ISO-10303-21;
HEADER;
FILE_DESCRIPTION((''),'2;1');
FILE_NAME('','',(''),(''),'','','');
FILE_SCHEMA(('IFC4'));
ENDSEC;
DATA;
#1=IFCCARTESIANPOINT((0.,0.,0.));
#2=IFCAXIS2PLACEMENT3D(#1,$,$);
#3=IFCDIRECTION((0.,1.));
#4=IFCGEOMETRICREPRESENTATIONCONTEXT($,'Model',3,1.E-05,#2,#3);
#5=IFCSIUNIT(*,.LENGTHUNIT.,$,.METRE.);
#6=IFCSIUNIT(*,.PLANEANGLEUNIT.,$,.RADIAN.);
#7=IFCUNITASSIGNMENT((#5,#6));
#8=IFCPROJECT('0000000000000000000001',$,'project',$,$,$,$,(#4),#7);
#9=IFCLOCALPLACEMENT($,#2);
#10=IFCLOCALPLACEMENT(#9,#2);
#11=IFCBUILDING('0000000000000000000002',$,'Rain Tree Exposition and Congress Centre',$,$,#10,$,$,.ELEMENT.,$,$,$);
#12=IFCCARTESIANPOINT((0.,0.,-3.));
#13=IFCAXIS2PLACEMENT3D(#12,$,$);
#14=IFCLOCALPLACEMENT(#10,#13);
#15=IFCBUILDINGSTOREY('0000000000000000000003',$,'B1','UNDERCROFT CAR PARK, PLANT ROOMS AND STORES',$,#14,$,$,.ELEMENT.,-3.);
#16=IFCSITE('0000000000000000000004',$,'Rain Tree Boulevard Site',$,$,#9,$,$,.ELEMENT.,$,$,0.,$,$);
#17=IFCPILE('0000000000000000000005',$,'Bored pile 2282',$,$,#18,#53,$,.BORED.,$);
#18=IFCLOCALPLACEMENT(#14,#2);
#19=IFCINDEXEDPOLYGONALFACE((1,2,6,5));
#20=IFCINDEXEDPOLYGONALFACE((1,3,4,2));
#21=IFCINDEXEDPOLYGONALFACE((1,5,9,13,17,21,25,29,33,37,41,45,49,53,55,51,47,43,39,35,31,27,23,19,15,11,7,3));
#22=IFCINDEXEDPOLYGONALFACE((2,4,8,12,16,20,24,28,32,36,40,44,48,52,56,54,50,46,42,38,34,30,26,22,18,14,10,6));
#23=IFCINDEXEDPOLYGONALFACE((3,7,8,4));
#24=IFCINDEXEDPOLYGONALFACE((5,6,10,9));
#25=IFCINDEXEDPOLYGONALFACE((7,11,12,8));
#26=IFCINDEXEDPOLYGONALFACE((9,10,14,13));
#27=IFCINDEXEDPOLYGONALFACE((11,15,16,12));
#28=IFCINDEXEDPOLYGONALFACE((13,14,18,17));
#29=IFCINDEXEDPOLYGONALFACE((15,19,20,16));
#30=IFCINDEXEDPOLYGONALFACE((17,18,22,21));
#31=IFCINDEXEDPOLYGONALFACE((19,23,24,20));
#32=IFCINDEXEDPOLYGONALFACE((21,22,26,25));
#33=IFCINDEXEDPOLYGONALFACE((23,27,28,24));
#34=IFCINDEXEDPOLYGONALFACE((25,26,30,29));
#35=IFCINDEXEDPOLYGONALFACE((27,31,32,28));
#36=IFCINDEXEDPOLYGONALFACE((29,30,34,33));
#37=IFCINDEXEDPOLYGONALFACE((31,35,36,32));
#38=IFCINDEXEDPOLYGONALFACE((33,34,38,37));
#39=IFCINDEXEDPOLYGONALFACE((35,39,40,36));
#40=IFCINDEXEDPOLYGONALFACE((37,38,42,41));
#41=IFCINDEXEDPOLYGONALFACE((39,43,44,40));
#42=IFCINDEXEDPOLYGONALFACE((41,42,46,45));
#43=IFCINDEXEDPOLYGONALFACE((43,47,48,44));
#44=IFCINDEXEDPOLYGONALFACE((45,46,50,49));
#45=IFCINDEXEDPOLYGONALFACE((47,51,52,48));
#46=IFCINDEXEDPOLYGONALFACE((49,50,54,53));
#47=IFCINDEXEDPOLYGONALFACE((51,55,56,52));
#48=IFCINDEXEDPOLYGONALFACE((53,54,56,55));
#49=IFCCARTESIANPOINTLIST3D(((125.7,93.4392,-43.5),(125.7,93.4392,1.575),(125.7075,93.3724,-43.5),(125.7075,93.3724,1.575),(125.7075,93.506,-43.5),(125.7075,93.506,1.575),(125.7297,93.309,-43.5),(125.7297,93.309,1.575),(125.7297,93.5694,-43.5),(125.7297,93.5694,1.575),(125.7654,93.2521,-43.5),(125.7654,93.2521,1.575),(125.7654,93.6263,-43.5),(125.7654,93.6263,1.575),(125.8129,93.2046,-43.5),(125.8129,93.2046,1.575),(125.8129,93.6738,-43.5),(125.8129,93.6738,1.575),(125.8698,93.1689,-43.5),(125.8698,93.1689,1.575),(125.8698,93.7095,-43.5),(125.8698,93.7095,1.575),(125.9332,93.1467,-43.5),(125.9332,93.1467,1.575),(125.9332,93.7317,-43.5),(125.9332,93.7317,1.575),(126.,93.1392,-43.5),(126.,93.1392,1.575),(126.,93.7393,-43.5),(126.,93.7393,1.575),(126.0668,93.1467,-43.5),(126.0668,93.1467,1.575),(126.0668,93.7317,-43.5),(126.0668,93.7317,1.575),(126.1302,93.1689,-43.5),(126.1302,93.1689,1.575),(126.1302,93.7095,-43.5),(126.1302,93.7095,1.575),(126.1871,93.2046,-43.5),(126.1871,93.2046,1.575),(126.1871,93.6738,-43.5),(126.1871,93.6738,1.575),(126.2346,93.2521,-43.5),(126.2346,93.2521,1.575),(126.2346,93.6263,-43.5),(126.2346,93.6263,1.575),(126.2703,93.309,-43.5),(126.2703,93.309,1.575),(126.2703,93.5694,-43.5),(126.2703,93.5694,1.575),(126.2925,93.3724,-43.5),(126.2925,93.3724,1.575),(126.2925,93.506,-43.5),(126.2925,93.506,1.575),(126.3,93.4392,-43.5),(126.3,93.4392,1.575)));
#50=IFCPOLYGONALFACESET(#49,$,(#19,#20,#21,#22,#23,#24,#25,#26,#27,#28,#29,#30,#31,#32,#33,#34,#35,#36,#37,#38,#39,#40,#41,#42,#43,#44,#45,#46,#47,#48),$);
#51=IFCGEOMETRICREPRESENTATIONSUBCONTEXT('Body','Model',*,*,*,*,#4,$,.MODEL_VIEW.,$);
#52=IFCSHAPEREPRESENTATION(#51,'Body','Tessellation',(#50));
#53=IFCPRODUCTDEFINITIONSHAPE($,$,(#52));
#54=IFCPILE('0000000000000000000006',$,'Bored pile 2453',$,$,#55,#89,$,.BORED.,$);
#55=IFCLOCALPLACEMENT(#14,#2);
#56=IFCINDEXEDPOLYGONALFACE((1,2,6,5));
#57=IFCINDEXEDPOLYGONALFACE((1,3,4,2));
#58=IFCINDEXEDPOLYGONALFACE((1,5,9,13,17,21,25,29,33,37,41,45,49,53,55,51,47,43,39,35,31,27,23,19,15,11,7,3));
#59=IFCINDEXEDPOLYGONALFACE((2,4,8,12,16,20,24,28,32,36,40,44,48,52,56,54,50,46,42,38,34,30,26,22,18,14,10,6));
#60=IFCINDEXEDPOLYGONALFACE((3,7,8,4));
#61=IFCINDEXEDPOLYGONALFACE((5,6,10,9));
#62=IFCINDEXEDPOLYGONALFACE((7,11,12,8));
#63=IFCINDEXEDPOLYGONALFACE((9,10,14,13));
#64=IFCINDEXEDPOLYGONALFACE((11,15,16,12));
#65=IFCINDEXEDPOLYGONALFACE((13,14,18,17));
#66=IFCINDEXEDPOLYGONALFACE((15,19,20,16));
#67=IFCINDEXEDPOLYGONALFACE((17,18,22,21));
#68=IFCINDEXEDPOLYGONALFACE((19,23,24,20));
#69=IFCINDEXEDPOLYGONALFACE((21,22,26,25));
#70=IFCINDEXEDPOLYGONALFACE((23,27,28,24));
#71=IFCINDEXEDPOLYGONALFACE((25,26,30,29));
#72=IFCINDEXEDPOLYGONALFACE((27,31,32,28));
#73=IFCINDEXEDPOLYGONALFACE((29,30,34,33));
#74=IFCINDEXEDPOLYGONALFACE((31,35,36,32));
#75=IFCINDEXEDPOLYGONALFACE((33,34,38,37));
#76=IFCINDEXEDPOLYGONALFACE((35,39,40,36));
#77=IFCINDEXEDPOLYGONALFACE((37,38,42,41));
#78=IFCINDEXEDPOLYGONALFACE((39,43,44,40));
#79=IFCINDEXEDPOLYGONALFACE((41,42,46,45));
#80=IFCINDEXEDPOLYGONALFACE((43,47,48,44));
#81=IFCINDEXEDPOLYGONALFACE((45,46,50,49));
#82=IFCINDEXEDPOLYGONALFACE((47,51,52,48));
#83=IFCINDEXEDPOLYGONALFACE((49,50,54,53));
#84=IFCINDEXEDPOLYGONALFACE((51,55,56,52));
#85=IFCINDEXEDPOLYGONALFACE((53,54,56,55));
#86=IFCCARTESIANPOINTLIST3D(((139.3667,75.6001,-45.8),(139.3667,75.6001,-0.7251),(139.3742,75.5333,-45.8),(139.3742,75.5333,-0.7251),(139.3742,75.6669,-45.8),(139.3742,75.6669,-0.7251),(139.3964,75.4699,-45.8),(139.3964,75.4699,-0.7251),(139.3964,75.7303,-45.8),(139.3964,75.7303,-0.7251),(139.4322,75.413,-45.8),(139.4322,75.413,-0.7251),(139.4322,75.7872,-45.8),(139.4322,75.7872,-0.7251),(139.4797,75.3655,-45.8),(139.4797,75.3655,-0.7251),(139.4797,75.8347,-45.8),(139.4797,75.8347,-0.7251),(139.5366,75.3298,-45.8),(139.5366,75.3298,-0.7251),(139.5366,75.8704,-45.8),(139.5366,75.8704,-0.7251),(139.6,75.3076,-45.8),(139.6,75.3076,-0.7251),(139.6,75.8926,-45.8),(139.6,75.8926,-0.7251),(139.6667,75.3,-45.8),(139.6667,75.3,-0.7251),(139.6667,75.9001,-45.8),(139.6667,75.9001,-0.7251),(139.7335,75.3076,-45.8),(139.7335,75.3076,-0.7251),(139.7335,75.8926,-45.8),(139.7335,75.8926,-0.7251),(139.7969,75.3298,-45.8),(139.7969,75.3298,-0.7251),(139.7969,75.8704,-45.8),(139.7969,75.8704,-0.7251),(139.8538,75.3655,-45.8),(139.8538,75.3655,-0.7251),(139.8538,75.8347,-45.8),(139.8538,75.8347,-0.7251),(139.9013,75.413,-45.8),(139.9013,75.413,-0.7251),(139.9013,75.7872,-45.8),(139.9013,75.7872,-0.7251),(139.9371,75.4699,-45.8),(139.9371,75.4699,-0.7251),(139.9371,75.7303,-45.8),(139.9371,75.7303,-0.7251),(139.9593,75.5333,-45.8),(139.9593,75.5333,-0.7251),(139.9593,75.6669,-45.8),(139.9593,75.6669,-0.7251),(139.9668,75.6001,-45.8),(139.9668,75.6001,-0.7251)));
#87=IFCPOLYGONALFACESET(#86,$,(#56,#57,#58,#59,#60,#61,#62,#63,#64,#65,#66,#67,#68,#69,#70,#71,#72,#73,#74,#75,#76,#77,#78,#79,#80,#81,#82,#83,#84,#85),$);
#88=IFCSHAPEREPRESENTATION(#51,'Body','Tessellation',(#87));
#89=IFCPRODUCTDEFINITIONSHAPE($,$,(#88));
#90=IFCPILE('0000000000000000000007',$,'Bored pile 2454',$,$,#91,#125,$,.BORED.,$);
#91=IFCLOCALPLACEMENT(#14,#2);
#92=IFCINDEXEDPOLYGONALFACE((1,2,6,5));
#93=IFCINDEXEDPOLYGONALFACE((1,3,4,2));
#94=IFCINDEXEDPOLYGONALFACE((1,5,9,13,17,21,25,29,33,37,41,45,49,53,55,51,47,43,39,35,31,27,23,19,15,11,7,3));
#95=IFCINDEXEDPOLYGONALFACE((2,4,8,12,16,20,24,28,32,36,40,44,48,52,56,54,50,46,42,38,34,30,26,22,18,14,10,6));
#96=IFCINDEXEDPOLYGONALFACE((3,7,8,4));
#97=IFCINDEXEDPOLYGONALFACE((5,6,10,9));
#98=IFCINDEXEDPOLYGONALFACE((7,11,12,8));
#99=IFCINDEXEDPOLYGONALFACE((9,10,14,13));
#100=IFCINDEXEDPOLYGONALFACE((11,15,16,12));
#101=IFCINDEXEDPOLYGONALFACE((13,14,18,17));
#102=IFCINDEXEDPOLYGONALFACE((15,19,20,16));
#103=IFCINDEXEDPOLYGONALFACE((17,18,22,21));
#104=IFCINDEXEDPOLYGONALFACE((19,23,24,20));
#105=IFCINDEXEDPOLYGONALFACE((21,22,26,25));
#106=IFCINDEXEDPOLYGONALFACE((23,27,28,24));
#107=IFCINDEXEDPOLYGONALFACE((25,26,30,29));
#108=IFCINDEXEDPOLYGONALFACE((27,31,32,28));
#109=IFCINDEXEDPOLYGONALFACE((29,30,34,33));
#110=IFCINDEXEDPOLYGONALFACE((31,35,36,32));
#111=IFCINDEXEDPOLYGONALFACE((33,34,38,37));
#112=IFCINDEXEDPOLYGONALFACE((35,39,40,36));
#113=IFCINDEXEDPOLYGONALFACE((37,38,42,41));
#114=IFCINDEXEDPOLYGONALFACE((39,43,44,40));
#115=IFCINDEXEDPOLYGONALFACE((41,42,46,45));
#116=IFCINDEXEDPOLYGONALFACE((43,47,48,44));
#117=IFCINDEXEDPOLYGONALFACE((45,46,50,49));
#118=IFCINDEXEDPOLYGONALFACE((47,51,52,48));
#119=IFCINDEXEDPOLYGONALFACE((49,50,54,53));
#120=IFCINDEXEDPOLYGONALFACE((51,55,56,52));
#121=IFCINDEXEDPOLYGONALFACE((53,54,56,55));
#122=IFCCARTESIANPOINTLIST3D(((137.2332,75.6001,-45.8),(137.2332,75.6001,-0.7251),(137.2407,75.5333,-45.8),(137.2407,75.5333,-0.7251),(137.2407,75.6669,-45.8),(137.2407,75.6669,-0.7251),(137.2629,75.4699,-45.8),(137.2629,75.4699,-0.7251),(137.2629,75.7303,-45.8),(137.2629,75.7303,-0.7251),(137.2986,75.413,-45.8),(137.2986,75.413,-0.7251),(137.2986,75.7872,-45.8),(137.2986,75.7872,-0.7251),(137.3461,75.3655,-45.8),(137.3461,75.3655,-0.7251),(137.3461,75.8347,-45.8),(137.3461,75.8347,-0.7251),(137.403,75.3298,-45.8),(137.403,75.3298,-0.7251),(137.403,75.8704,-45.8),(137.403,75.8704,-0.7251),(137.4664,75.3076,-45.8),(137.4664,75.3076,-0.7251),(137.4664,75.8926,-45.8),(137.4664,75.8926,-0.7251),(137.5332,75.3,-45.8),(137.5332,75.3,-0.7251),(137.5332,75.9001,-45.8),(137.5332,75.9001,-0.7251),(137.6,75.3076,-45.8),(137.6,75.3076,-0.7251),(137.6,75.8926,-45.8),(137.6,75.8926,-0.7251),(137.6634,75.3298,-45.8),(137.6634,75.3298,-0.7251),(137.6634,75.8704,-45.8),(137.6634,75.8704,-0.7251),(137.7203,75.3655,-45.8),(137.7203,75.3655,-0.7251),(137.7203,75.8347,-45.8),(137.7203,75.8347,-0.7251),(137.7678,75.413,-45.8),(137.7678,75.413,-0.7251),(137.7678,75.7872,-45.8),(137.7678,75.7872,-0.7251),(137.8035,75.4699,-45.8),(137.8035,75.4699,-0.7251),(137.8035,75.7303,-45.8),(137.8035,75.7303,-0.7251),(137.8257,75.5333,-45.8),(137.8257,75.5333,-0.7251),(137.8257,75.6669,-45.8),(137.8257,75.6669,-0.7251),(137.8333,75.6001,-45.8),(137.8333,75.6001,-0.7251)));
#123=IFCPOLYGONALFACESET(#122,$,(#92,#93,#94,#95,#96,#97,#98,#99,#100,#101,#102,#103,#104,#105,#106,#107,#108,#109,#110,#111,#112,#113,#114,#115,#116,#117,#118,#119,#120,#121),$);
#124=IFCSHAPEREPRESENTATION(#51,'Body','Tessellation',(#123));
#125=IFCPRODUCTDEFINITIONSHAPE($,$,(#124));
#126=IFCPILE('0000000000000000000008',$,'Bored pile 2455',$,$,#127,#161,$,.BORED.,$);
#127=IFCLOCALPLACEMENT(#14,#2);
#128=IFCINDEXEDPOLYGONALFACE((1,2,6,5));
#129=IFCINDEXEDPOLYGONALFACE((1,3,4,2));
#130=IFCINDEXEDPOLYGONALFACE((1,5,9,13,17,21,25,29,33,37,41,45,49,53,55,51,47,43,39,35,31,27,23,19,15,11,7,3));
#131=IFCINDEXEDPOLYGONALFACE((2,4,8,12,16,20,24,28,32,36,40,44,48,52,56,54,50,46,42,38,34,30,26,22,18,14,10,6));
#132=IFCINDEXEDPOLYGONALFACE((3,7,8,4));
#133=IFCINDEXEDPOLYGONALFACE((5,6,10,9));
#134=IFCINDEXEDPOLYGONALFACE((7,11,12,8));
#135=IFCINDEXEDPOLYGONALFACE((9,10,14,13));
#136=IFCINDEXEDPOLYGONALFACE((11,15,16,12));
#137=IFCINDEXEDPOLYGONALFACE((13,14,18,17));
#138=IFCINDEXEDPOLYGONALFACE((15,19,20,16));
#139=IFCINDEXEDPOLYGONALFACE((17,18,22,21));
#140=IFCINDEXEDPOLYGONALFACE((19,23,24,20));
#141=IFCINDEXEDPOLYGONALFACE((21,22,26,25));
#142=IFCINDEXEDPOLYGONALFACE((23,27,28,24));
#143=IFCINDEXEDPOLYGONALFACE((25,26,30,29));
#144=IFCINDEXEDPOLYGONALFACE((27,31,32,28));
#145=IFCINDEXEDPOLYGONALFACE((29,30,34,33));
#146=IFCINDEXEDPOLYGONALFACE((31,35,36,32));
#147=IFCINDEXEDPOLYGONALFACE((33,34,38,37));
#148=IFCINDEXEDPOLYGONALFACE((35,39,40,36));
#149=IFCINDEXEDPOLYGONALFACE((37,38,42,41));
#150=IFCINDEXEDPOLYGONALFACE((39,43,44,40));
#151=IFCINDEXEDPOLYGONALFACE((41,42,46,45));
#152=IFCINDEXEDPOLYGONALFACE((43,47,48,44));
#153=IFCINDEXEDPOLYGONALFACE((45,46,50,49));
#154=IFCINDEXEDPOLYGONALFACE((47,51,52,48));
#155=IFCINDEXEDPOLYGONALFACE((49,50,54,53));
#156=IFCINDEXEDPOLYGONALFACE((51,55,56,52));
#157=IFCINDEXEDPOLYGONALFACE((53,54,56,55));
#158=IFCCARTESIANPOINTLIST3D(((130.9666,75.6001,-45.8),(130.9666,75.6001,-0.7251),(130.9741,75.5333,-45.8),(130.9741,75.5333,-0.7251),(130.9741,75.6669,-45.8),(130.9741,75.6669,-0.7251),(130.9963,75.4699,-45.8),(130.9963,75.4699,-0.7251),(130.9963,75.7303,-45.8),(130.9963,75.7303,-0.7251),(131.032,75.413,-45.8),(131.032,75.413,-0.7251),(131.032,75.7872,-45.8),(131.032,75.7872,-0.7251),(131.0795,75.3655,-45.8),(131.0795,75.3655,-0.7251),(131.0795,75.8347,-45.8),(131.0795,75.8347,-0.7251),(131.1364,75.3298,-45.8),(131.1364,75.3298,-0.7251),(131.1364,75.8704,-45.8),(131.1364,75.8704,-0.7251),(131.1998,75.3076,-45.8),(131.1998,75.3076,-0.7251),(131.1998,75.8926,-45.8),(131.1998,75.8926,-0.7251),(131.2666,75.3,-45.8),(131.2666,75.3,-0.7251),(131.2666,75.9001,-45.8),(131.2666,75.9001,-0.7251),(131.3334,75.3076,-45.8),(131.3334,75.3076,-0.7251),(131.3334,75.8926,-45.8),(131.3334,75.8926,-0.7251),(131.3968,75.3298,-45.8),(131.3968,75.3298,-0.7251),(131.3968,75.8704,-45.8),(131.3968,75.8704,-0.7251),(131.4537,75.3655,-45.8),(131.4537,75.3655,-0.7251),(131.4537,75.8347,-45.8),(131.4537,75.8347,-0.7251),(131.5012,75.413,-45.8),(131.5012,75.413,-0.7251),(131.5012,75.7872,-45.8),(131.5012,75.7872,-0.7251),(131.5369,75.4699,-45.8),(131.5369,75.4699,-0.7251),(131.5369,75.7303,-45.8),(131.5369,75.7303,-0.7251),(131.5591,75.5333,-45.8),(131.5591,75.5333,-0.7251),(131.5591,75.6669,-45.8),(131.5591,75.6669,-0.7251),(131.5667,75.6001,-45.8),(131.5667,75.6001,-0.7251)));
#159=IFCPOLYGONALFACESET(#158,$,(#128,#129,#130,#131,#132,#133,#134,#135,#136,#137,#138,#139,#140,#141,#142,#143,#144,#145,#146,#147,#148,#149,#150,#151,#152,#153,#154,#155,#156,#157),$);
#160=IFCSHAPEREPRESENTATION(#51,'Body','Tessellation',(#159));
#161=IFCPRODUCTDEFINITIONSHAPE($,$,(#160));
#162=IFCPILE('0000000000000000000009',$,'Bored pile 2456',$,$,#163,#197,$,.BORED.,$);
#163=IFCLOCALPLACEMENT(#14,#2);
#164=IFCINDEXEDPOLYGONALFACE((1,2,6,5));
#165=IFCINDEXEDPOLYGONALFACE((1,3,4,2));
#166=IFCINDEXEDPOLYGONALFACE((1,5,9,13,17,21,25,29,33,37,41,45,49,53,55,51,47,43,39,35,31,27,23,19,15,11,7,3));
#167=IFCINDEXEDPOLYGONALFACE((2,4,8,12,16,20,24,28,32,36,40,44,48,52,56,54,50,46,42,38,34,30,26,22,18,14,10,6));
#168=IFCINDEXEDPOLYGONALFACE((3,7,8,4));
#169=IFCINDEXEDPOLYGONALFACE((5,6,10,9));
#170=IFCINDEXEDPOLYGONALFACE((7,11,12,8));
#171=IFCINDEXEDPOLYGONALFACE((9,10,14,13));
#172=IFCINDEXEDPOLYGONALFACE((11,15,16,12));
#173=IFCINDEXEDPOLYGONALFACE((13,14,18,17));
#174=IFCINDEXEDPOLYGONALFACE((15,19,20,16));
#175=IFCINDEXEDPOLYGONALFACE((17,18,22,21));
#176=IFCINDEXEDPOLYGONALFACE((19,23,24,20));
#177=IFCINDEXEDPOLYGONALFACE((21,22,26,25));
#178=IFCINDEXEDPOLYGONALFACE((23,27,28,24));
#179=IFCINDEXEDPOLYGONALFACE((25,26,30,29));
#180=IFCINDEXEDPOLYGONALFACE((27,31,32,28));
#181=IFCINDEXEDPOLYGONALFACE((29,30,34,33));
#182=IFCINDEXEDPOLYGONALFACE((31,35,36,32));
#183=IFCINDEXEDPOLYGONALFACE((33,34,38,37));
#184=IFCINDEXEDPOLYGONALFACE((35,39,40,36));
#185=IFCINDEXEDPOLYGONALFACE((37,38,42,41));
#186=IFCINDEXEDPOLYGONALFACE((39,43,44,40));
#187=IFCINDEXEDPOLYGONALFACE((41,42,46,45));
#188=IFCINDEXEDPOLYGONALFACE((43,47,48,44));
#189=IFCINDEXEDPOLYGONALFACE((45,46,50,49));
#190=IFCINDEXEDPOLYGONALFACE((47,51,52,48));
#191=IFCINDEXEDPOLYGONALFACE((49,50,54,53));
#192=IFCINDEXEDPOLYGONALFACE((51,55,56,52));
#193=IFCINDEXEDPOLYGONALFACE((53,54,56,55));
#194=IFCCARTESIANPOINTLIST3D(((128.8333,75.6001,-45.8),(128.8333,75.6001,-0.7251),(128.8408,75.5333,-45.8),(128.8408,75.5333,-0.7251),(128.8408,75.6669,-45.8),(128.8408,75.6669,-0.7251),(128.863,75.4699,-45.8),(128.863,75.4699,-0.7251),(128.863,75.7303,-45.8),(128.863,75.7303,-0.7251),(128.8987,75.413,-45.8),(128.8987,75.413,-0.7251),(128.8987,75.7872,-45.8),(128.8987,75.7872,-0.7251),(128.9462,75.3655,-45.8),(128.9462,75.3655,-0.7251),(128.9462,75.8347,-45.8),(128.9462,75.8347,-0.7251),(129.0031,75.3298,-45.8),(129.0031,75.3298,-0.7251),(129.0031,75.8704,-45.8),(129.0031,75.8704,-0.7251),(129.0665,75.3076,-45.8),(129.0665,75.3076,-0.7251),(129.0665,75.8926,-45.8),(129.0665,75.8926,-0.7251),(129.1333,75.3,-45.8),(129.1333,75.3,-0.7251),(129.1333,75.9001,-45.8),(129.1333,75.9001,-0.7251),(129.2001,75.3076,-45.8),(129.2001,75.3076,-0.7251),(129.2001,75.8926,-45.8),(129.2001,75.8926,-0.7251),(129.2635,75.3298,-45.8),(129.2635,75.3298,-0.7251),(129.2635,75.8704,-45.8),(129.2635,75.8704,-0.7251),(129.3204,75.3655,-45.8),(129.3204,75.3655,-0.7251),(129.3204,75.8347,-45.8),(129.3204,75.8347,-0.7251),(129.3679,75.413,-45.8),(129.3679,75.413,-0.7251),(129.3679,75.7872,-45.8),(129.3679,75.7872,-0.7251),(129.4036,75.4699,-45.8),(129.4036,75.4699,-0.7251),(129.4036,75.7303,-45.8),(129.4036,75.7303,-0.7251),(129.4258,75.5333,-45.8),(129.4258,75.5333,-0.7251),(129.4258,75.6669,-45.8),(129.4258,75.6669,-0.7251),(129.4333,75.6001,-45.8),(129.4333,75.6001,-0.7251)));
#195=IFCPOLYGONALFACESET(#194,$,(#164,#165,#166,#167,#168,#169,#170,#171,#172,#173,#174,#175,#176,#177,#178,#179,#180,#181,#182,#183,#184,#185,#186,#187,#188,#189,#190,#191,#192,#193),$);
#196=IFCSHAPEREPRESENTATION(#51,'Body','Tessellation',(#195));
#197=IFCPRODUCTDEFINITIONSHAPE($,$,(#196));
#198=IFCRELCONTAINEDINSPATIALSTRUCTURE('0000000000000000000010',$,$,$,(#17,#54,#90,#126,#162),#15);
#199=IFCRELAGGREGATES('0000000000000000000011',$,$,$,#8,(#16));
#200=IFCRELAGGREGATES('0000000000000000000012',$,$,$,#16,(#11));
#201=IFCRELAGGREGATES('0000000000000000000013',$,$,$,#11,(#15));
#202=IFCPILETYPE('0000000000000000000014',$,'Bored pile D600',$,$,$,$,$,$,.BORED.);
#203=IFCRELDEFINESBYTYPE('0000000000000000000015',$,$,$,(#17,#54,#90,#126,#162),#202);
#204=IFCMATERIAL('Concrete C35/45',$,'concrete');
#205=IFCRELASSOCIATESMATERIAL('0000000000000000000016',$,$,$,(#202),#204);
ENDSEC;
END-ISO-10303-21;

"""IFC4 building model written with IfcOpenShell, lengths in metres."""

from ifc_helpers import new_model, si_unit, direction, frame, origin, origin_2d, place, context, subcontext, project, spatial, circle, extrude, material, material_profile, profile_set, type_object, element, save


model = new_model("IFC4")

# Units and contexts
model_context = context("Model", 3, precision=1e-05, world=origin(), true_north=direction((0.0, 1.0)))
body_context = subcontext(model_context, "Body", "Model", "MODEL_VIEW")
ifc_project = project(units=[si_unit("LENGTHUNIT", "METRE"), si_unit("PLANEANGLEUNIT", "RADIAN")], contexts=[model_context])

# Site, building, storey
site_placement = place(None, origin())
site = spatial("IfcSite", under=ifc_project, at=site_placement, Name="Rain Tree Boulevard Site", CompositionType="ELEMENT", RefElevation=0.0)
building_placement = place(site_placement, origin())
building = spatial("IfcBuilding", under=site, at=building_placement, Name="Rain Tree Exposition and Congress Centre", CompositionType="ELEMENT")
storey_placement = place(building_placement, frame((0.0, 0.0, -3.0)))
storey = spatial("IfcBuildingStorey", under=building, at=storey_placement, Name="B1", Description="UNDERCROFT CAR PARK, PLANT ROOMS AND STORES", CompositionType="ELEMENT", Elevation=-3.0)

# Piles
ifc_material_1 = material(Name="Concrete C35/45", Category="concrete")
ifc_material_profile_1 = material_profile(ifc_material_1, circle(Radius=0.3, at=origin_2d()), Name="D600")
ifc_profile_set_1 = profile_set([ifc_material_profile_1], Name="Concrete C35/45")
pile_type_1 = type_object("IfcPileType", Name="Bored pile D600", PredefinedType="BORED", material=ifc_profile_set_1)
for number, where, z_axis, x_axis, name in (
    (1, (126.0, 93.4392, 1.575), (0.0, 0.0, -1.0), (1.0, 0.0, 0.0), "Bored pile 2282"),
    (2, (139.6667, 75.6001, -0.7251), (0.0, 0.0, -1.0), (1.0, 0.0, 0.0), "Bored pile 2453"),
    (3, (137.5332, 75.6001, -0.7251), (0.0, 0.0, -1.0), (1.0, 0.0, 0.0), "Bored pile 2454"),
    (4, (131.2666, 75.6001, -0.7251), (0.0, 0.0, -1.0), (1.0, 0.0, 0.0), "Bored pile 2455"),
    (5, (129.1333, 75.6001, -0.7251), (0.0, 0.0, -1.0), (1.0, 0.0, 0.0), "Bored pile 2456"),
):
    element("IfcPile", number, at=place(storey_placement, frame(where, z_axis=z_axis, x_axis=x_axis)), inside=storey, type_object=pile_type_1, Name=name, PredefinedType="BORED", context=body_context, shape_type="SweptSolid", body=[
        extrude(circle(Radius=0.3, at=origin_2d()), origin(), (0.0, 0.0, 1.0), 45.075),
    ])

save(model, "model.ifc")
